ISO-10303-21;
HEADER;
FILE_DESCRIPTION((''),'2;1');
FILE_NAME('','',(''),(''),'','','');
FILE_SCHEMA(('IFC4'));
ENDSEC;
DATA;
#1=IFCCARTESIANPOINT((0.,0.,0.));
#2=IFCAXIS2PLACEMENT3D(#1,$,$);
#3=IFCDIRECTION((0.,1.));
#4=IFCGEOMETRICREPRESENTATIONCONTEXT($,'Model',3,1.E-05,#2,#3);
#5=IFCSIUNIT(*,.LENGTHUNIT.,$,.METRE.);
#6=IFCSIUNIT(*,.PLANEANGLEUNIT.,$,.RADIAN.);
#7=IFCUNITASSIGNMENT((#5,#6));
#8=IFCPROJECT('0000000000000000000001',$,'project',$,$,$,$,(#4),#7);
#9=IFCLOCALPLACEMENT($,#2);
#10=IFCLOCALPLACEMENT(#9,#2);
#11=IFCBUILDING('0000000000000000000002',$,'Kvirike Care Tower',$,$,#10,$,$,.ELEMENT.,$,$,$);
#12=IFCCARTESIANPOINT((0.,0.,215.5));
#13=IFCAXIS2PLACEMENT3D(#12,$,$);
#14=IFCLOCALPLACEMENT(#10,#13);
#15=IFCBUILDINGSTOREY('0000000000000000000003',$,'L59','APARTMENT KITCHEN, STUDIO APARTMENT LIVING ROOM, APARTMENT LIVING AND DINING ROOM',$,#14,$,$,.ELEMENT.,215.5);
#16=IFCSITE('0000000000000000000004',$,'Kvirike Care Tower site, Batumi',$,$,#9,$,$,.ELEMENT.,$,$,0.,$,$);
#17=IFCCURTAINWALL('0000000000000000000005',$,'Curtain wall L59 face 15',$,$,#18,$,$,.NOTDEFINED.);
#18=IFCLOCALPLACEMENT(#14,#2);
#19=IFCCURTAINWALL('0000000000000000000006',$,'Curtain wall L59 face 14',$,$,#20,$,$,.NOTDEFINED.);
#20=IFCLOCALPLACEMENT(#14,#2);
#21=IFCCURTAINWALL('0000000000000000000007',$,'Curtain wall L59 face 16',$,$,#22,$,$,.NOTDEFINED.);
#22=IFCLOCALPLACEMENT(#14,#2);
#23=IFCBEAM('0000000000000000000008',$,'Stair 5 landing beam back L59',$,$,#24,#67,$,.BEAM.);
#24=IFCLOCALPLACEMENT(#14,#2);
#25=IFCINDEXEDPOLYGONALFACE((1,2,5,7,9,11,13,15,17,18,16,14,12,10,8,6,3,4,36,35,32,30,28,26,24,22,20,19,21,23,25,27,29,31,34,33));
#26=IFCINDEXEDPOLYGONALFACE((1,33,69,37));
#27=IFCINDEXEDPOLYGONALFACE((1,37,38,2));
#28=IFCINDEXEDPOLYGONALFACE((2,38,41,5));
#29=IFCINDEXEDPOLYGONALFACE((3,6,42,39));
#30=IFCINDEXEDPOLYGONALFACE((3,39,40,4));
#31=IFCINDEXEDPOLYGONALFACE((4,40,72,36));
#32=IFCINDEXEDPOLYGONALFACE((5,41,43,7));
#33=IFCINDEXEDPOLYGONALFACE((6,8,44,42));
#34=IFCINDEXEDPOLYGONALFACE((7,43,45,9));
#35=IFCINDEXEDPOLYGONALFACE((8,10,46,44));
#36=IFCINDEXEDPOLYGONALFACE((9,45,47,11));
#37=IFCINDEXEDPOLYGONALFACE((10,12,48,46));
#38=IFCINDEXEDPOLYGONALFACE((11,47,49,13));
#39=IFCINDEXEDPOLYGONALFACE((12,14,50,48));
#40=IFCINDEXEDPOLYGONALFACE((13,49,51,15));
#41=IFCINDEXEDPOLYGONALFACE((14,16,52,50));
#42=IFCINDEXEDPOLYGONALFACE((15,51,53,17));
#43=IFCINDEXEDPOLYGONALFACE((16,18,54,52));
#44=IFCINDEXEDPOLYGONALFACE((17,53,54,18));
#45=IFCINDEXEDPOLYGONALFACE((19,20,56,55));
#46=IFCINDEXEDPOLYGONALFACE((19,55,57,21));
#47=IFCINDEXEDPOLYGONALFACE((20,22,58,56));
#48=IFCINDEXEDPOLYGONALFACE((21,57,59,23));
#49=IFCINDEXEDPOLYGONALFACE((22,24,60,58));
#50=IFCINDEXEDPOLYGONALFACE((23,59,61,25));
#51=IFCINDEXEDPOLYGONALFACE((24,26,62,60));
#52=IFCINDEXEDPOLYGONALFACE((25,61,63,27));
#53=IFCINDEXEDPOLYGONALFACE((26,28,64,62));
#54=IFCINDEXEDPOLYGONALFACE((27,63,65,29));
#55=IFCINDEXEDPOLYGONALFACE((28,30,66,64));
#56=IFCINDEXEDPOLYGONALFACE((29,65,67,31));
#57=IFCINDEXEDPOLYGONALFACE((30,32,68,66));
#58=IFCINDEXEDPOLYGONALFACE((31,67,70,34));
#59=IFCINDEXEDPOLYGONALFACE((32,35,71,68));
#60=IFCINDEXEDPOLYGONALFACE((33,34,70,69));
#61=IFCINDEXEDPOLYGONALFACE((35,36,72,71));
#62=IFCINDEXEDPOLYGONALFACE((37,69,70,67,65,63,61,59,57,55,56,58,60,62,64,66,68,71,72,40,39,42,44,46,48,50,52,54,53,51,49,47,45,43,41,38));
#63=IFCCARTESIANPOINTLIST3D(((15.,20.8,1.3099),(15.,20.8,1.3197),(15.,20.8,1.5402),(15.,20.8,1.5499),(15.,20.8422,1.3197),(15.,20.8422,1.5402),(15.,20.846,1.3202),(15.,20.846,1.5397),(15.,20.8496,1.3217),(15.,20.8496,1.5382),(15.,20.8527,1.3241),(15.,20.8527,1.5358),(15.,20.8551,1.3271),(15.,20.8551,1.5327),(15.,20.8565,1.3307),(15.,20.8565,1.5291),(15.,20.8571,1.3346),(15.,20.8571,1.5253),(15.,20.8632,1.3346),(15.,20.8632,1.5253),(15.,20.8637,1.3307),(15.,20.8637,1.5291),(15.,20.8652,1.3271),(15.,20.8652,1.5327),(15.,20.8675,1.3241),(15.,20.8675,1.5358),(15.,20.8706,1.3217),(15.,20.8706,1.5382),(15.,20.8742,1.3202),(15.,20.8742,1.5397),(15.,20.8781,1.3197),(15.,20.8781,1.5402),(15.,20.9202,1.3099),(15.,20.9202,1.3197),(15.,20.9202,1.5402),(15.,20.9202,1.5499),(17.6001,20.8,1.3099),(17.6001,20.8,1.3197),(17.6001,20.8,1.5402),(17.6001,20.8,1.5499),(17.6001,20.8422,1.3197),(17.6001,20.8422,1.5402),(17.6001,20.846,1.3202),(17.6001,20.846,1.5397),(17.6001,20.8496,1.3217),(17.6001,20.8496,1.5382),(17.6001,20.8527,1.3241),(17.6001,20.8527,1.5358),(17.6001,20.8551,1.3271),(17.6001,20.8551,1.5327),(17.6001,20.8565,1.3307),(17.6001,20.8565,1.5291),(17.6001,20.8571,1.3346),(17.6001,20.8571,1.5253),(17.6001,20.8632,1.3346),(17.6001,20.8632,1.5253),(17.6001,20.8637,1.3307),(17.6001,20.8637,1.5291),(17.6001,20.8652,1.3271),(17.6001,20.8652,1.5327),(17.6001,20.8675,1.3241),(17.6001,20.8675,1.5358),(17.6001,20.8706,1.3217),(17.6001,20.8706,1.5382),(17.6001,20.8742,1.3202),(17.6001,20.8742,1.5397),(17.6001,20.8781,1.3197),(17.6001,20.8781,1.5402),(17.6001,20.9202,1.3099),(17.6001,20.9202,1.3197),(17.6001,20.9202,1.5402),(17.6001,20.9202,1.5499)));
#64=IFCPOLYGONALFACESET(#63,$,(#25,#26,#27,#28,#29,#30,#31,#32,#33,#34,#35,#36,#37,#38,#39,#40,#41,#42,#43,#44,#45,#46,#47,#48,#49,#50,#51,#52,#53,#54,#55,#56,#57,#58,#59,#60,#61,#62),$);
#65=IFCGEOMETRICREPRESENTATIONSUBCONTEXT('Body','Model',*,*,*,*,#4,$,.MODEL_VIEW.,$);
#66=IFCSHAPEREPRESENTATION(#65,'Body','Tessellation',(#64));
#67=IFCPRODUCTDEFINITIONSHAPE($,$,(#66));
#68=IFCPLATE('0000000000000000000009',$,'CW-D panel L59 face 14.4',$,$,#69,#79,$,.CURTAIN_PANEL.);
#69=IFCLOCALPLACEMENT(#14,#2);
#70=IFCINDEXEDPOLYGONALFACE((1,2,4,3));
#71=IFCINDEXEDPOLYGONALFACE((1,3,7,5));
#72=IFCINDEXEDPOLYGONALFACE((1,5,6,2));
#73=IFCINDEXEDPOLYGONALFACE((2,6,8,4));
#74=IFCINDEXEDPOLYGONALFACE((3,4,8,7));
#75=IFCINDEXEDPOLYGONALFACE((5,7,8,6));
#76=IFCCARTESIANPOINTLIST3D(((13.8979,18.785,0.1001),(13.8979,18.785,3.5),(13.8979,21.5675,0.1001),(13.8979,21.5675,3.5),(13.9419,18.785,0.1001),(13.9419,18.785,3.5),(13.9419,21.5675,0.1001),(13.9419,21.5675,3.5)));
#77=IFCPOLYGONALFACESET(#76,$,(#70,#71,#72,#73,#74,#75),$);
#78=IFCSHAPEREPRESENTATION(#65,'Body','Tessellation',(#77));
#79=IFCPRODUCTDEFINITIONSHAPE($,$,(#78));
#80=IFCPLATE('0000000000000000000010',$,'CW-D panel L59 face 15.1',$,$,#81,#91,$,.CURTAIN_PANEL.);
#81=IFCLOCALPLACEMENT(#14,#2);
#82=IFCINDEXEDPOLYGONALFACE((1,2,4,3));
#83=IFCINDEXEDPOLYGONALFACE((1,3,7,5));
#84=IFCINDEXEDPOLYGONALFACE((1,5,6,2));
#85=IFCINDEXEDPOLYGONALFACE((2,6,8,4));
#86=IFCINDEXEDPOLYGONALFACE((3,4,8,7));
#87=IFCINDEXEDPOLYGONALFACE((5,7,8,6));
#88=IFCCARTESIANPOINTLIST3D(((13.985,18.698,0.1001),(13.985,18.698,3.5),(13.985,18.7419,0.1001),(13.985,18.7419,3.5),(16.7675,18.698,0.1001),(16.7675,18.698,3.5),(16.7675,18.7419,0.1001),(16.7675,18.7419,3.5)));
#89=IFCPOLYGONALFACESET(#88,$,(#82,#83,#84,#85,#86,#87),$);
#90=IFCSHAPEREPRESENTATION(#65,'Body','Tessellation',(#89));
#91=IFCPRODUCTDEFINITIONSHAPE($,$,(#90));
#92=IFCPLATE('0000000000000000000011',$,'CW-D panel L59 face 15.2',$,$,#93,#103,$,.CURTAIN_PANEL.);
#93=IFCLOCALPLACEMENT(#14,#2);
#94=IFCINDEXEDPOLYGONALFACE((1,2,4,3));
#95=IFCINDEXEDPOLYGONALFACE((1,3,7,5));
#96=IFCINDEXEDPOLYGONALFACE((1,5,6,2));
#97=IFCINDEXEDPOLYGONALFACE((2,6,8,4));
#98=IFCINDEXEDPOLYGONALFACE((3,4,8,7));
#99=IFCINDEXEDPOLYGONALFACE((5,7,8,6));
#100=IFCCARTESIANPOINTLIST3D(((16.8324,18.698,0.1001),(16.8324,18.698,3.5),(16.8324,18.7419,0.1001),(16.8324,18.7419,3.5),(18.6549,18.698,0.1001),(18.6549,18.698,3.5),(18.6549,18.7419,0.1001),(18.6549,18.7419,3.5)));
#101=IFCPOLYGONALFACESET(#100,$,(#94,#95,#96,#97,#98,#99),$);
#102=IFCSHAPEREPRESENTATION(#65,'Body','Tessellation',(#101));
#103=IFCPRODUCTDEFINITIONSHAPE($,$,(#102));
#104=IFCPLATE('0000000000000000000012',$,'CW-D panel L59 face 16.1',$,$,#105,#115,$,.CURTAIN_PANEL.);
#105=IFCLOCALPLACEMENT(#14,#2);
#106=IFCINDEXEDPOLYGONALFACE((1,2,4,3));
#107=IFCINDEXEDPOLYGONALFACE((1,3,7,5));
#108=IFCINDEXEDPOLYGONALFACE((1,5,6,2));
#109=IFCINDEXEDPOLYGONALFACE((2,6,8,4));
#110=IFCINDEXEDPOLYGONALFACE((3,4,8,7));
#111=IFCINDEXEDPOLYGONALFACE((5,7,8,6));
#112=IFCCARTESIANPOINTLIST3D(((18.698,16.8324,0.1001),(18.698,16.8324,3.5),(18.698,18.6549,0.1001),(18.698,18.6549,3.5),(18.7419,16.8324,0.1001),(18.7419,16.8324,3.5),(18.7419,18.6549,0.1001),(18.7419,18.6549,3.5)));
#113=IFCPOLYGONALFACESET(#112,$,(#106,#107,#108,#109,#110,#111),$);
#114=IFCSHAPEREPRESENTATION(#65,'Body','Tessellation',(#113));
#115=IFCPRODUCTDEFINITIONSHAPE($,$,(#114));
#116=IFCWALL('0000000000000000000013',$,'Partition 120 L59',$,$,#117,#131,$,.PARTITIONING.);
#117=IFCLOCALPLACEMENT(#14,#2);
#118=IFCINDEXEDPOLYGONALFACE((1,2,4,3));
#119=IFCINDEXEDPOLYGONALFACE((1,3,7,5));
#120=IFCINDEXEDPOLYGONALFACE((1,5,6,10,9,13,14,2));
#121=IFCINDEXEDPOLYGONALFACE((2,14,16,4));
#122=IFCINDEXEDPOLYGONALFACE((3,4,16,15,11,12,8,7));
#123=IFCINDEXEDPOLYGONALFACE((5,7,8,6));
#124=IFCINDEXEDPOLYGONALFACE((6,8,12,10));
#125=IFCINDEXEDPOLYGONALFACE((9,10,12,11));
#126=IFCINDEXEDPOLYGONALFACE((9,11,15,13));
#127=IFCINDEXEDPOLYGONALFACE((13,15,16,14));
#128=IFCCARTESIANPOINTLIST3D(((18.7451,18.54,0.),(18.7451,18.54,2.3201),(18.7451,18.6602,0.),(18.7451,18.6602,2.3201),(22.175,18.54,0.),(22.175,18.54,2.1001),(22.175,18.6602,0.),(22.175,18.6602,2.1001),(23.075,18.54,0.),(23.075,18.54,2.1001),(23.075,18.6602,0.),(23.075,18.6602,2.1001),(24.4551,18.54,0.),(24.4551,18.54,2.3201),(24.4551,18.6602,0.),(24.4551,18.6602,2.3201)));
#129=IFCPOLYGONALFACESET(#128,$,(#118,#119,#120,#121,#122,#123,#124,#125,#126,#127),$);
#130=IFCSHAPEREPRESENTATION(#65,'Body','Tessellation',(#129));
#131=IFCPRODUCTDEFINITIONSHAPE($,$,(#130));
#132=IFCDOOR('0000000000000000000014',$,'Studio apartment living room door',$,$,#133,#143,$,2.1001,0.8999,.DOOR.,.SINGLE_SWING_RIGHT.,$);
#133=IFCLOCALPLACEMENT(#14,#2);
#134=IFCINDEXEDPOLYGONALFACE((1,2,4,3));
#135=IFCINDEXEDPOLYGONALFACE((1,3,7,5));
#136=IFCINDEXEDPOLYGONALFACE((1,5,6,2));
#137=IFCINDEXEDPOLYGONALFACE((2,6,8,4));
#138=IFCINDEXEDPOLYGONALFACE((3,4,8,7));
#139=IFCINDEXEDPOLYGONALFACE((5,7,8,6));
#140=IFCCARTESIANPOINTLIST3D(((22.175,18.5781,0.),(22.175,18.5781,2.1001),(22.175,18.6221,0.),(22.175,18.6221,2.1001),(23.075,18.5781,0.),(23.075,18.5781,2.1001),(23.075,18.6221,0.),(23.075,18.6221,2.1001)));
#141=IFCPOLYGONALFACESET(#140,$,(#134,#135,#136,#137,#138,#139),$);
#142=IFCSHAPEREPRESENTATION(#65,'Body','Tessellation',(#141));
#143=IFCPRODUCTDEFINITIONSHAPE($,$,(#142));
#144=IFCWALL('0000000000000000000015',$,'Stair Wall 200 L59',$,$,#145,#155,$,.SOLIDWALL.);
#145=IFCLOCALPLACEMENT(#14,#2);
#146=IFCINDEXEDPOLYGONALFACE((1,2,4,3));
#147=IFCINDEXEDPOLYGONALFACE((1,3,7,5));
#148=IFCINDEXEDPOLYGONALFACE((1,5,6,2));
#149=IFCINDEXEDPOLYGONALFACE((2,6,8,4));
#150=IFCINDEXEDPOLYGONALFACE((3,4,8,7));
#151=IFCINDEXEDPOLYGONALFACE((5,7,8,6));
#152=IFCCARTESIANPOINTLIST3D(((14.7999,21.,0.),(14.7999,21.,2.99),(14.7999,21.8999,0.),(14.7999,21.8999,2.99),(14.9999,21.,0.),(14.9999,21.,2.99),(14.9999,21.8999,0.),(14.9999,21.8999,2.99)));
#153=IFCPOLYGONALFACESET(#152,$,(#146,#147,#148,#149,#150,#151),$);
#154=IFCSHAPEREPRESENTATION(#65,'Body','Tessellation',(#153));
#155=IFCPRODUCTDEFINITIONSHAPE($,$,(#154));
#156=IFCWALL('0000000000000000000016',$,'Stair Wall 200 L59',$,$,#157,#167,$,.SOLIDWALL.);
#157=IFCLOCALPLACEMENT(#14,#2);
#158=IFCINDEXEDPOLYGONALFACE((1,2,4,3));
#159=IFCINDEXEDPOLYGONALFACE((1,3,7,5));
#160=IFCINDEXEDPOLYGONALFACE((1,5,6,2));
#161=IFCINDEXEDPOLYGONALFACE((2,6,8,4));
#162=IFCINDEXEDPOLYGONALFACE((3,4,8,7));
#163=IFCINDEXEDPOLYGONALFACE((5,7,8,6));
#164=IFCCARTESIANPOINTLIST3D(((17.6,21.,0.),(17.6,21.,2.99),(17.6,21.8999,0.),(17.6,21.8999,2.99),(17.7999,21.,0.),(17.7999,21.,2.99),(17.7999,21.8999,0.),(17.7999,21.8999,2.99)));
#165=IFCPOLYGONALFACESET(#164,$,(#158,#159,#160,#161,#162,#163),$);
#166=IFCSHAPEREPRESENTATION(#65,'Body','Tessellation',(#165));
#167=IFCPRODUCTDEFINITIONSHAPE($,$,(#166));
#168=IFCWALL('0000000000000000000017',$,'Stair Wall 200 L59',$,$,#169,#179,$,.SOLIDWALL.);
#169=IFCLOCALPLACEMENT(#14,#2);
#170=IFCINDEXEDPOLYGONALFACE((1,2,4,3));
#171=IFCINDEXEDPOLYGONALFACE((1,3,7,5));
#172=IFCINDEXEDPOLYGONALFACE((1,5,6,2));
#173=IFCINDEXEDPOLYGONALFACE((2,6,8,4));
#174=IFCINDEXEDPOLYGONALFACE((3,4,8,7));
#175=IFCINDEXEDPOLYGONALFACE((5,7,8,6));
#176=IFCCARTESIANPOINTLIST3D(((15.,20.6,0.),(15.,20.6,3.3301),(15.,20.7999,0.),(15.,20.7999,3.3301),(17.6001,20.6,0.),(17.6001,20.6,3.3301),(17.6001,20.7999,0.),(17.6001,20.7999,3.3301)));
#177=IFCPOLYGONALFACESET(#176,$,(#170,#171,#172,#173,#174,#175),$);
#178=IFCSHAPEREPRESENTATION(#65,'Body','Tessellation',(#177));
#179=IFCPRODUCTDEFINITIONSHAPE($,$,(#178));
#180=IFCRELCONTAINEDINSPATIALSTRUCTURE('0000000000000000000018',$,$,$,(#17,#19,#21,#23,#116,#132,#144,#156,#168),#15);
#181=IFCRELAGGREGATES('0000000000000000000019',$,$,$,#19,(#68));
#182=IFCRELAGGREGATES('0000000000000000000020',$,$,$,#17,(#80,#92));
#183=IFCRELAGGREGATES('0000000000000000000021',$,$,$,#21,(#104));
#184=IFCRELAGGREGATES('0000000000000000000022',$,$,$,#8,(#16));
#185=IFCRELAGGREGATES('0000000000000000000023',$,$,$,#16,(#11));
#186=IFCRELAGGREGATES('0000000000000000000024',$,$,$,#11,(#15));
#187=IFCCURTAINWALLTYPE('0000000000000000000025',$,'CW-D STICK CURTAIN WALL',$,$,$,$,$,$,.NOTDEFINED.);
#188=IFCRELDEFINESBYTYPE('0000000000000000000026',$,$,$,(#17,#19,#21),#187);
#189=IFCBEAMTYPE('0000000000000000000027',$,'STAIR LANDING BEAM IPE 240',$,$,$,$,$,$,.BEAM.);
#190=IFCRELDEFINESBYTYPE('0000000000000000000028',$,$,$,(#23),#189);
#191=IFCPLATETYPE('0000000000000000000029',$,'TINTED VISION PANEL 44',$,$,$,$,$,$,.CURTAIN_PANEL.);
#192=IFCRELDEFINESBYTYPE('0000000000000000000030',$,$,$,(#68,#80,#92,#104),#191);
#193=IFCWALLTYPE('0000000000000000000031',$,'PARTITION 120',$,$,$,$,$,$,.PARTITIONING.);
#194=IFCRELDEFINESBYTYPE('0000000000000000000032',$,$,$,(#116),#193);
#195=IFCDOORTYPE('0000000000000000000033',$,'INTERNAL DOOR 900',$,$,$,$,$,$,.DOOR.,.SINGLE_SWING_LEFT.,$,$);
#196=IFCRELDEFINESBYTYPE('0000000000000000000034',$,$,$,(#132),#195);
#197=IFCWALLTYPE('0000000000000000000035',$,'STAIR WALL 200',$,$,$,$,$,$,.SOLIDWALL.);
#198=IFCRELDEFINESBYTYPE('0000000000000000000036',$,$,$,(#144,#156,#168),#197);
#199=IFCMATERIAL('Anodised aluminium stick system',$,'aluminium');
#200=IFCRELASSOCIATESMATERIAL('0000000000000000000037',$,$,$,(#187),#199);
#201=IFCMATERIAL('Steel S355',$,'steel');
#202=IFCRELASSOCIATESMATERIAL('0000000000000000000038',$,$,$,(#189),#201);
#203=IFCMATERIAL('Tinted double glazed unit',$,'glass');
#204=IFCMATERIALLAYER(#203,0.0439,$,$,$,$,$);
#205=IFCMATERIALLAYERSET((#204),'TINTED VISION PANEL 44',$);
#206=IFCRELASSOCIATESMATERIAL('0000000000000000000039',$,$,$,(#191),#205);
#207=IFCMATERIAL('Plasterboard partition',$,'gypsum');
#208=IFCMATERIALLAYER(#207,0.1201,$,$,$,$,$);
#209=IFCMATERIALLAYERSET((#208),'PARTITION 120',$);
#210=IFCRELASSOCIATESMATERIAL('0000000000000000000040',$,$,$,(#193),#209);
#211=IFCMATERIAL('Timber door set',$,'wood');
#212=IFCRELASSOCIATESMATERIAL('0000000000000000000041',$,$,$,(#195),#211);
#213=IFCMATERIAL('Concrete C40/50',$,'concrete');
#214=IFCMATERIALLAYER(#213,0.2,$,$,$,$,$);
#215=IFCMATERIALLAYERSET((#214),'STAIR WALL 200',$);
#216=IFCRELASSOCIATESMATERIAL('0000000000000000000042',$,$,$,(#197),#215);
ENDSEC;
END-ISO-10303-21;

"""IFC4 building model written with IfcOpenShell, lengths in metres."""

from ifc_helpers import new_model, si_unit, direction, frame, frame_2d, origin, origin_2d, place, context, subcontext, project, spatial, rectangle, i_section, extrude, material, layer, layer_set, material_profile, profile_set, type_object, element, fill, aggregate, save


model = new_model("IFC4")

# Units and contexts
model_context = context("Model", 3, precision=1e-05, world=origin(), true_north=direction((0.0, 1.0)))
body_context = subcontext(model_context, "Body", "Model", "MODEL_VIEW")
ifc_project = project(units=[si_unit("LENGTHUNIT", "METRE"), si_unit("PLANEANGLEUNIT", "RADIAN")], contexts=[model_context])

# Site, building, storey
site_placement = place(None, origin())
site = spatial("IfcSite", under=ifc_project, at=site_placement, Name="Kvirike Care Tower site, Batumi", CompositionType="ELEMENT", RefElevation=0.0)
building_placement = place(site_placement, origin())
building = spatial("IfcBuilding", under=site, at=building_placement, Name="Kvirike Care Tower", CompositionType="ELEMENT")
storey_placement = place(building_placement, frame((0.0, 0.0, 215.5)))
storey = spatial("IfcBuildingStorey", under=building, at=storey_placement, Name="L59", Description="APARTMENT KITCHEN, STUDIO APARTMENT LIVING ROOM, APARTMENT LIVING AND DINING ROOM", CompositionType="ELEMENT", Elevation=215.5)

# Curtain walls
ifc_material_1 = material(Name="Anodised aluminium stick system", Category="aluminium")
curtain_wall_type = type_object("IfcCurtainWallType", Name="CW-D STICK CURTAIN WALL", PredefinedType="NOTDEFINED", material=ifc_material_1)
curtain_wall_1_placement = place(storey_placement, origin())
curtain_wall_1 = element("IfcCurtainWall", 1, at=curtain_wall_1_placement, inside=storey, type_object=curtain_wall_type, Name="Curtain wall L59 face 15", PredefinedType="NOTDEFINED")
curtain_wall_2_placement = place(storey_placement, origin())
curtain_wall_2 = element("IfcCurtainWall", 2, at=curtain_wall_2_placement, inside=storey, type_object=curtain_wall_type, Name="Curtain wall L59 face 14", PredefinedType="NOTDEFINED")

# Curtain wall
curtain_wall_3_placement = place(storey_placement, origin())
curtain_wall_3 = element("IfcCurtainWall", 3, at=curtain_wall_3_placement, inside=storey, type_object=curtain_wall_type, Name="Curtain wall L59 face 16", PredefinedType="NOTDEFINED")

# Beam
ifc_material_2 = material(Name="Steel S355", Category="steel")
ifc_material_profile_1 = material_profile(ifc_material_2, i_section(OverallWidth=0.1201, OverallDepth=0.24, WebThickness=0.0061, FlangeThickness=0.0098, FilletRadius=0.0149, at=origin_2d()), Name="IPE 240")
ifc_profile_set_1 = profile_set([ifc_material_profile_1], Name="Steel S355")
beam_type_1 = type_object("IfcBeamType", Name="STAIR LANDING BEAM IPE 240", PredefinedType="BEAM", material=ifc_profile_set_1)
beam_1_placement = place(storey_placement, frame((15.0, 20.8601, 1.4299), z_axis=(1.0, 0.0, 0.0), x_axis=(0.0, 1.0, 0.0)))
element("IfcBeam", 4, at=beam_1_placement, inside=storey, type_object=beam_type_1, Name="Stair 5 landing beam back L59", PredefinedType="BEAM", context=body_context, shape_type="SweptSolid", body=[
    extrude(i_section(OverallWidth=0.1201, OverallDepth=0.24, WebThickness=0.0061, FlangeThickness=0.0098, FilletRadius=0.0149, at=origin_2d()), origin(), (0.0, 0.0, 1.0), 2.6001),
])

# Plates
ifc_material_3 = material(Name="Tinted double glazed unit", Category="glass")
ifc_layer_1 = layer(ifc_material_3, 0.0439)
ifc_layer_set_1 = layer_set([ifc_layer_1], Name="TINTED VISION PANEL 44")
plate_type = type_object("IfcPlateType", Name="TINTED VISION PANEL 44", PredefinedType="CURTAIN_PANEL", material=ifc_layer_set_1)
plate_1_placement = place(storey_placement, frame((13.9199, 20.1763, 0.1001), z_axis=(0.0, 0.0, 1.0), x_axis=(0.0, -1.0, 0.0)))
plate_1 = element("IfcPlate", 5, at=plate_1_placement, type_object=plate_type, Name="CW-D panel L59 face 14.4", PredefinedType="CURTAIN_PANEL", context=body_context, shape_type="SweptSolid", body=[
    extrude(rectangle(XDim=2.7825, YDim=0.0439, at=origin_2d()), origin(), (0.0, 0.0, 1.0), 3.3999),
])
aggregate(curtain_wall_2, [plate_1])
plate_2_placement = place(storey_placement, frame((15.3762, 18.72, 0.1001), z_axis=(0.0, 0.0, 1.0), x_axis=(1.0, 0.0, 0.0)))
plate_2 = element("IfcPlate", 6, at=plate_2_placement, type_object=plate_type, Name="CW-D panel L59 face 15.1", PredefinedType="CURTAIN_PANEL", context=body_context, shape_type="SweptSolid", body=[
    extrude(rectangle(XDim=2.7825, YDim=0.0439, at=origin_2d()), origin(), (0.0, 0.0, 1.0), 3.3999),
])
plate_3_placement = place(storey_placement, frame((17.7437, 18.72, 0.1001), z_axis=(0.0, 0.0, 1.0), x_axis=(1.0, 0.0, 0.0)))
plate_3 = element("IfcPlate", 7, at=plate_3_placement, type_object=plate_type, Name="CW-D panel L59 face 15.2", PredefinedType="CURTAIN_PANEL", context=body_context, shape_type="SweptSolid", body=[
    extrude(rectangle(XDim=1.8225, YDim=0.0439, at=origin_2d()), origin(), (0.0, 0.0, 1.0), 3.3999),
])
aggregate(curtain_wall_1, [plate_2, plate_3])
plate_4_placement = place(storey_placement, frame((18.72, 17.7437, 0.1001), z_axis=(0.0, 0.0, 1.0), x_axis=(0.0, -1.0, 0.0)))
plate_4 = element("IfcPlate", 8, at=plate_4_placement, type_object=plate_type, Name="CW-D panel L59 face 16.1", PredefinedType="CURTAIN_PANEL", context=body_context, shape_type="SweptSolid", body=[
    extrude(rectangle(XDim=1.8225, YDim=0.0439, at=origin_2d()), origin(), (0.0, 0.0, 1.0), 3.3999),
])
aggregate(curtain_wall_3, [plate_4])

# Wall, opening, door
ifc_material_4 = material(Name="Plasterboard partition", Category="gypsum")
ifc_layer_2 = layer(ifc_material_4, 0.1201)
ifc_layer_set_2 = layer_set([ifc_layer_2], Name="PARTITION 120")
wall_type_1 = type_object("IfcWallType", Name="PARTITION 120", PredefinedType="PARTITIONING", material=ifc_layer_set_2)
wall_1_placement = place(storey_placement, frame((18.7451, 18.6001, 0.0), z_axis=(0.0, 0.0, 1.0), x_axis=(1.0, 0.0, 0.0)))
wall_1 = element("IfcWall", 9, at=wall_1_placement, inside=storey, type_object=wall_type_1, Name="Partition 120 L59", PredefinedType="PARTITIONING", context=body_context, shape_type="SweptSolid", body=[
    extrude(rectangle(XDim=5.71, YDim=0.1201, at=frame_2d((2.855, 0.0))), origin(), (0.0, 0.0, 1.0), 2.3201),
])
opening_placement = place(wall_1_placement, frame((3.4299, 0.0, 0.0)))
opening = element("IfcOpeningElement", 10, at=opening_placement, cuts=wall_1, PredefinedType="OPENING", context=body_context, shape_type="SweptSolid", body=[
    extrude(rectangle(XDim=0.8999, YDim=2.1001, at=frame_2d((0.45, 1.05))), frame((0.0, 0.0706, 0.0), z_axis=(0.0, -1.0, 0.0), x_axis=(1.0, 0.0, 0.0)), (0.0, 0.0, 1.0), 0.1411),
])
ifc_material_5 = material(Name="Timber door set", Category="wood")
door_type = type_object("IfcDoorType", Name="INTERNAL DOOR 900", OperationType="SINGLE_SWING_LEFT", PredefinedType="DOOR", material=ifc_material_5)
door_placement = place(opening_placement, frame((0.8999, 0.0, 0.0), z_axis=(0.0, 0.0, 1.0), x_axis=(-1.0, 0.0, 0.0)))
door = element("IfcDoor", 11, at=door_placement, inside=storey, type_object=door_type, Name="Studio apartment living room door", OperationType="SINGLE_SWING_RIGHT", OverallHeight=2.1001, OverallWidth=0.8999, PredefinedType="DOOR", context=body_context, shape_type="SweptSolid", body=[
    extrude(rectangle(XDim=0.8999, YDim=2.1001, at=frame_2d((0.45, 1.05))), frame((0.0, 0.022, 0.0), z_axis=(0.0, -1.0, 0.0), x_axis=(1.0, 0.0, 0.0)), (0.0, 0.0, 1.0), 0.0439),
])
fill(opening, door)

# Walls
ifc_material_6 = material(Name="Concrete C40/50", Category="concrete")
ifc_layer_3 = layer(ifc_material_6, 0.2)
ifc_layer_set_3 = layer_set([ifc_layer_3], Name="STAIR WALL 200")
wall_type_2 = type_object("IfcWallType", Name="STAIR WALL 200", PredefinedType="SOLIDWALL", material=ifc_layer_set_3)
for number, where, z_axis, x_axis, name in (
    (12, (14.8999, 21.0, 0.0), (0.0, 0.0, 1.0), (0.0, 1.0, 0.0), "Stair Wall 200 L59"),
    (13, (17.7, 21.0, 0.0), (0.0, 0.0, 1.0), (0.0, 1.0, 0.0), "Stair Wall 200 L59"),
):
    element("IfcWall", number, at=place(storey_placement, frame(where, z_axis=z_axis, x_axis=x_axis)), inside=storey, type_object=wall_type_2, Name=name, PredefinedType="SOLIDWALL", context=body_context, shape_type="SweptSolid", body=[
        extrude(rectangle(XDim=0.8999, YDim=0.2, at=frame_2d((0.45, 0.0))), origin(), (0.0, 0.0, 1.0), 2.99),
    ])
wall_2_placement = place(storey_placement, frame((15.0, 20.7, 0.0), z_axis=(0.0, 0.0, 1.0), x_axis=(1.0, 0.0, 0.0)))
element("IfcWall", 14, at=wall_2_placement, inside=storey, type_object=wall_type_2, Name="Stair Wall 200 L59", PredefinedType="SOLIDWALL", context=body_context, shape_type="SweptSolid", body=[
    extrude(rectangle(XDim=2.6001, YDim=0.2, at=frame_2d((1.3, 0.0))), origin(), (0.0, 0.0, 1.0), 3.3301),
])

save(model, "model.ifc")
